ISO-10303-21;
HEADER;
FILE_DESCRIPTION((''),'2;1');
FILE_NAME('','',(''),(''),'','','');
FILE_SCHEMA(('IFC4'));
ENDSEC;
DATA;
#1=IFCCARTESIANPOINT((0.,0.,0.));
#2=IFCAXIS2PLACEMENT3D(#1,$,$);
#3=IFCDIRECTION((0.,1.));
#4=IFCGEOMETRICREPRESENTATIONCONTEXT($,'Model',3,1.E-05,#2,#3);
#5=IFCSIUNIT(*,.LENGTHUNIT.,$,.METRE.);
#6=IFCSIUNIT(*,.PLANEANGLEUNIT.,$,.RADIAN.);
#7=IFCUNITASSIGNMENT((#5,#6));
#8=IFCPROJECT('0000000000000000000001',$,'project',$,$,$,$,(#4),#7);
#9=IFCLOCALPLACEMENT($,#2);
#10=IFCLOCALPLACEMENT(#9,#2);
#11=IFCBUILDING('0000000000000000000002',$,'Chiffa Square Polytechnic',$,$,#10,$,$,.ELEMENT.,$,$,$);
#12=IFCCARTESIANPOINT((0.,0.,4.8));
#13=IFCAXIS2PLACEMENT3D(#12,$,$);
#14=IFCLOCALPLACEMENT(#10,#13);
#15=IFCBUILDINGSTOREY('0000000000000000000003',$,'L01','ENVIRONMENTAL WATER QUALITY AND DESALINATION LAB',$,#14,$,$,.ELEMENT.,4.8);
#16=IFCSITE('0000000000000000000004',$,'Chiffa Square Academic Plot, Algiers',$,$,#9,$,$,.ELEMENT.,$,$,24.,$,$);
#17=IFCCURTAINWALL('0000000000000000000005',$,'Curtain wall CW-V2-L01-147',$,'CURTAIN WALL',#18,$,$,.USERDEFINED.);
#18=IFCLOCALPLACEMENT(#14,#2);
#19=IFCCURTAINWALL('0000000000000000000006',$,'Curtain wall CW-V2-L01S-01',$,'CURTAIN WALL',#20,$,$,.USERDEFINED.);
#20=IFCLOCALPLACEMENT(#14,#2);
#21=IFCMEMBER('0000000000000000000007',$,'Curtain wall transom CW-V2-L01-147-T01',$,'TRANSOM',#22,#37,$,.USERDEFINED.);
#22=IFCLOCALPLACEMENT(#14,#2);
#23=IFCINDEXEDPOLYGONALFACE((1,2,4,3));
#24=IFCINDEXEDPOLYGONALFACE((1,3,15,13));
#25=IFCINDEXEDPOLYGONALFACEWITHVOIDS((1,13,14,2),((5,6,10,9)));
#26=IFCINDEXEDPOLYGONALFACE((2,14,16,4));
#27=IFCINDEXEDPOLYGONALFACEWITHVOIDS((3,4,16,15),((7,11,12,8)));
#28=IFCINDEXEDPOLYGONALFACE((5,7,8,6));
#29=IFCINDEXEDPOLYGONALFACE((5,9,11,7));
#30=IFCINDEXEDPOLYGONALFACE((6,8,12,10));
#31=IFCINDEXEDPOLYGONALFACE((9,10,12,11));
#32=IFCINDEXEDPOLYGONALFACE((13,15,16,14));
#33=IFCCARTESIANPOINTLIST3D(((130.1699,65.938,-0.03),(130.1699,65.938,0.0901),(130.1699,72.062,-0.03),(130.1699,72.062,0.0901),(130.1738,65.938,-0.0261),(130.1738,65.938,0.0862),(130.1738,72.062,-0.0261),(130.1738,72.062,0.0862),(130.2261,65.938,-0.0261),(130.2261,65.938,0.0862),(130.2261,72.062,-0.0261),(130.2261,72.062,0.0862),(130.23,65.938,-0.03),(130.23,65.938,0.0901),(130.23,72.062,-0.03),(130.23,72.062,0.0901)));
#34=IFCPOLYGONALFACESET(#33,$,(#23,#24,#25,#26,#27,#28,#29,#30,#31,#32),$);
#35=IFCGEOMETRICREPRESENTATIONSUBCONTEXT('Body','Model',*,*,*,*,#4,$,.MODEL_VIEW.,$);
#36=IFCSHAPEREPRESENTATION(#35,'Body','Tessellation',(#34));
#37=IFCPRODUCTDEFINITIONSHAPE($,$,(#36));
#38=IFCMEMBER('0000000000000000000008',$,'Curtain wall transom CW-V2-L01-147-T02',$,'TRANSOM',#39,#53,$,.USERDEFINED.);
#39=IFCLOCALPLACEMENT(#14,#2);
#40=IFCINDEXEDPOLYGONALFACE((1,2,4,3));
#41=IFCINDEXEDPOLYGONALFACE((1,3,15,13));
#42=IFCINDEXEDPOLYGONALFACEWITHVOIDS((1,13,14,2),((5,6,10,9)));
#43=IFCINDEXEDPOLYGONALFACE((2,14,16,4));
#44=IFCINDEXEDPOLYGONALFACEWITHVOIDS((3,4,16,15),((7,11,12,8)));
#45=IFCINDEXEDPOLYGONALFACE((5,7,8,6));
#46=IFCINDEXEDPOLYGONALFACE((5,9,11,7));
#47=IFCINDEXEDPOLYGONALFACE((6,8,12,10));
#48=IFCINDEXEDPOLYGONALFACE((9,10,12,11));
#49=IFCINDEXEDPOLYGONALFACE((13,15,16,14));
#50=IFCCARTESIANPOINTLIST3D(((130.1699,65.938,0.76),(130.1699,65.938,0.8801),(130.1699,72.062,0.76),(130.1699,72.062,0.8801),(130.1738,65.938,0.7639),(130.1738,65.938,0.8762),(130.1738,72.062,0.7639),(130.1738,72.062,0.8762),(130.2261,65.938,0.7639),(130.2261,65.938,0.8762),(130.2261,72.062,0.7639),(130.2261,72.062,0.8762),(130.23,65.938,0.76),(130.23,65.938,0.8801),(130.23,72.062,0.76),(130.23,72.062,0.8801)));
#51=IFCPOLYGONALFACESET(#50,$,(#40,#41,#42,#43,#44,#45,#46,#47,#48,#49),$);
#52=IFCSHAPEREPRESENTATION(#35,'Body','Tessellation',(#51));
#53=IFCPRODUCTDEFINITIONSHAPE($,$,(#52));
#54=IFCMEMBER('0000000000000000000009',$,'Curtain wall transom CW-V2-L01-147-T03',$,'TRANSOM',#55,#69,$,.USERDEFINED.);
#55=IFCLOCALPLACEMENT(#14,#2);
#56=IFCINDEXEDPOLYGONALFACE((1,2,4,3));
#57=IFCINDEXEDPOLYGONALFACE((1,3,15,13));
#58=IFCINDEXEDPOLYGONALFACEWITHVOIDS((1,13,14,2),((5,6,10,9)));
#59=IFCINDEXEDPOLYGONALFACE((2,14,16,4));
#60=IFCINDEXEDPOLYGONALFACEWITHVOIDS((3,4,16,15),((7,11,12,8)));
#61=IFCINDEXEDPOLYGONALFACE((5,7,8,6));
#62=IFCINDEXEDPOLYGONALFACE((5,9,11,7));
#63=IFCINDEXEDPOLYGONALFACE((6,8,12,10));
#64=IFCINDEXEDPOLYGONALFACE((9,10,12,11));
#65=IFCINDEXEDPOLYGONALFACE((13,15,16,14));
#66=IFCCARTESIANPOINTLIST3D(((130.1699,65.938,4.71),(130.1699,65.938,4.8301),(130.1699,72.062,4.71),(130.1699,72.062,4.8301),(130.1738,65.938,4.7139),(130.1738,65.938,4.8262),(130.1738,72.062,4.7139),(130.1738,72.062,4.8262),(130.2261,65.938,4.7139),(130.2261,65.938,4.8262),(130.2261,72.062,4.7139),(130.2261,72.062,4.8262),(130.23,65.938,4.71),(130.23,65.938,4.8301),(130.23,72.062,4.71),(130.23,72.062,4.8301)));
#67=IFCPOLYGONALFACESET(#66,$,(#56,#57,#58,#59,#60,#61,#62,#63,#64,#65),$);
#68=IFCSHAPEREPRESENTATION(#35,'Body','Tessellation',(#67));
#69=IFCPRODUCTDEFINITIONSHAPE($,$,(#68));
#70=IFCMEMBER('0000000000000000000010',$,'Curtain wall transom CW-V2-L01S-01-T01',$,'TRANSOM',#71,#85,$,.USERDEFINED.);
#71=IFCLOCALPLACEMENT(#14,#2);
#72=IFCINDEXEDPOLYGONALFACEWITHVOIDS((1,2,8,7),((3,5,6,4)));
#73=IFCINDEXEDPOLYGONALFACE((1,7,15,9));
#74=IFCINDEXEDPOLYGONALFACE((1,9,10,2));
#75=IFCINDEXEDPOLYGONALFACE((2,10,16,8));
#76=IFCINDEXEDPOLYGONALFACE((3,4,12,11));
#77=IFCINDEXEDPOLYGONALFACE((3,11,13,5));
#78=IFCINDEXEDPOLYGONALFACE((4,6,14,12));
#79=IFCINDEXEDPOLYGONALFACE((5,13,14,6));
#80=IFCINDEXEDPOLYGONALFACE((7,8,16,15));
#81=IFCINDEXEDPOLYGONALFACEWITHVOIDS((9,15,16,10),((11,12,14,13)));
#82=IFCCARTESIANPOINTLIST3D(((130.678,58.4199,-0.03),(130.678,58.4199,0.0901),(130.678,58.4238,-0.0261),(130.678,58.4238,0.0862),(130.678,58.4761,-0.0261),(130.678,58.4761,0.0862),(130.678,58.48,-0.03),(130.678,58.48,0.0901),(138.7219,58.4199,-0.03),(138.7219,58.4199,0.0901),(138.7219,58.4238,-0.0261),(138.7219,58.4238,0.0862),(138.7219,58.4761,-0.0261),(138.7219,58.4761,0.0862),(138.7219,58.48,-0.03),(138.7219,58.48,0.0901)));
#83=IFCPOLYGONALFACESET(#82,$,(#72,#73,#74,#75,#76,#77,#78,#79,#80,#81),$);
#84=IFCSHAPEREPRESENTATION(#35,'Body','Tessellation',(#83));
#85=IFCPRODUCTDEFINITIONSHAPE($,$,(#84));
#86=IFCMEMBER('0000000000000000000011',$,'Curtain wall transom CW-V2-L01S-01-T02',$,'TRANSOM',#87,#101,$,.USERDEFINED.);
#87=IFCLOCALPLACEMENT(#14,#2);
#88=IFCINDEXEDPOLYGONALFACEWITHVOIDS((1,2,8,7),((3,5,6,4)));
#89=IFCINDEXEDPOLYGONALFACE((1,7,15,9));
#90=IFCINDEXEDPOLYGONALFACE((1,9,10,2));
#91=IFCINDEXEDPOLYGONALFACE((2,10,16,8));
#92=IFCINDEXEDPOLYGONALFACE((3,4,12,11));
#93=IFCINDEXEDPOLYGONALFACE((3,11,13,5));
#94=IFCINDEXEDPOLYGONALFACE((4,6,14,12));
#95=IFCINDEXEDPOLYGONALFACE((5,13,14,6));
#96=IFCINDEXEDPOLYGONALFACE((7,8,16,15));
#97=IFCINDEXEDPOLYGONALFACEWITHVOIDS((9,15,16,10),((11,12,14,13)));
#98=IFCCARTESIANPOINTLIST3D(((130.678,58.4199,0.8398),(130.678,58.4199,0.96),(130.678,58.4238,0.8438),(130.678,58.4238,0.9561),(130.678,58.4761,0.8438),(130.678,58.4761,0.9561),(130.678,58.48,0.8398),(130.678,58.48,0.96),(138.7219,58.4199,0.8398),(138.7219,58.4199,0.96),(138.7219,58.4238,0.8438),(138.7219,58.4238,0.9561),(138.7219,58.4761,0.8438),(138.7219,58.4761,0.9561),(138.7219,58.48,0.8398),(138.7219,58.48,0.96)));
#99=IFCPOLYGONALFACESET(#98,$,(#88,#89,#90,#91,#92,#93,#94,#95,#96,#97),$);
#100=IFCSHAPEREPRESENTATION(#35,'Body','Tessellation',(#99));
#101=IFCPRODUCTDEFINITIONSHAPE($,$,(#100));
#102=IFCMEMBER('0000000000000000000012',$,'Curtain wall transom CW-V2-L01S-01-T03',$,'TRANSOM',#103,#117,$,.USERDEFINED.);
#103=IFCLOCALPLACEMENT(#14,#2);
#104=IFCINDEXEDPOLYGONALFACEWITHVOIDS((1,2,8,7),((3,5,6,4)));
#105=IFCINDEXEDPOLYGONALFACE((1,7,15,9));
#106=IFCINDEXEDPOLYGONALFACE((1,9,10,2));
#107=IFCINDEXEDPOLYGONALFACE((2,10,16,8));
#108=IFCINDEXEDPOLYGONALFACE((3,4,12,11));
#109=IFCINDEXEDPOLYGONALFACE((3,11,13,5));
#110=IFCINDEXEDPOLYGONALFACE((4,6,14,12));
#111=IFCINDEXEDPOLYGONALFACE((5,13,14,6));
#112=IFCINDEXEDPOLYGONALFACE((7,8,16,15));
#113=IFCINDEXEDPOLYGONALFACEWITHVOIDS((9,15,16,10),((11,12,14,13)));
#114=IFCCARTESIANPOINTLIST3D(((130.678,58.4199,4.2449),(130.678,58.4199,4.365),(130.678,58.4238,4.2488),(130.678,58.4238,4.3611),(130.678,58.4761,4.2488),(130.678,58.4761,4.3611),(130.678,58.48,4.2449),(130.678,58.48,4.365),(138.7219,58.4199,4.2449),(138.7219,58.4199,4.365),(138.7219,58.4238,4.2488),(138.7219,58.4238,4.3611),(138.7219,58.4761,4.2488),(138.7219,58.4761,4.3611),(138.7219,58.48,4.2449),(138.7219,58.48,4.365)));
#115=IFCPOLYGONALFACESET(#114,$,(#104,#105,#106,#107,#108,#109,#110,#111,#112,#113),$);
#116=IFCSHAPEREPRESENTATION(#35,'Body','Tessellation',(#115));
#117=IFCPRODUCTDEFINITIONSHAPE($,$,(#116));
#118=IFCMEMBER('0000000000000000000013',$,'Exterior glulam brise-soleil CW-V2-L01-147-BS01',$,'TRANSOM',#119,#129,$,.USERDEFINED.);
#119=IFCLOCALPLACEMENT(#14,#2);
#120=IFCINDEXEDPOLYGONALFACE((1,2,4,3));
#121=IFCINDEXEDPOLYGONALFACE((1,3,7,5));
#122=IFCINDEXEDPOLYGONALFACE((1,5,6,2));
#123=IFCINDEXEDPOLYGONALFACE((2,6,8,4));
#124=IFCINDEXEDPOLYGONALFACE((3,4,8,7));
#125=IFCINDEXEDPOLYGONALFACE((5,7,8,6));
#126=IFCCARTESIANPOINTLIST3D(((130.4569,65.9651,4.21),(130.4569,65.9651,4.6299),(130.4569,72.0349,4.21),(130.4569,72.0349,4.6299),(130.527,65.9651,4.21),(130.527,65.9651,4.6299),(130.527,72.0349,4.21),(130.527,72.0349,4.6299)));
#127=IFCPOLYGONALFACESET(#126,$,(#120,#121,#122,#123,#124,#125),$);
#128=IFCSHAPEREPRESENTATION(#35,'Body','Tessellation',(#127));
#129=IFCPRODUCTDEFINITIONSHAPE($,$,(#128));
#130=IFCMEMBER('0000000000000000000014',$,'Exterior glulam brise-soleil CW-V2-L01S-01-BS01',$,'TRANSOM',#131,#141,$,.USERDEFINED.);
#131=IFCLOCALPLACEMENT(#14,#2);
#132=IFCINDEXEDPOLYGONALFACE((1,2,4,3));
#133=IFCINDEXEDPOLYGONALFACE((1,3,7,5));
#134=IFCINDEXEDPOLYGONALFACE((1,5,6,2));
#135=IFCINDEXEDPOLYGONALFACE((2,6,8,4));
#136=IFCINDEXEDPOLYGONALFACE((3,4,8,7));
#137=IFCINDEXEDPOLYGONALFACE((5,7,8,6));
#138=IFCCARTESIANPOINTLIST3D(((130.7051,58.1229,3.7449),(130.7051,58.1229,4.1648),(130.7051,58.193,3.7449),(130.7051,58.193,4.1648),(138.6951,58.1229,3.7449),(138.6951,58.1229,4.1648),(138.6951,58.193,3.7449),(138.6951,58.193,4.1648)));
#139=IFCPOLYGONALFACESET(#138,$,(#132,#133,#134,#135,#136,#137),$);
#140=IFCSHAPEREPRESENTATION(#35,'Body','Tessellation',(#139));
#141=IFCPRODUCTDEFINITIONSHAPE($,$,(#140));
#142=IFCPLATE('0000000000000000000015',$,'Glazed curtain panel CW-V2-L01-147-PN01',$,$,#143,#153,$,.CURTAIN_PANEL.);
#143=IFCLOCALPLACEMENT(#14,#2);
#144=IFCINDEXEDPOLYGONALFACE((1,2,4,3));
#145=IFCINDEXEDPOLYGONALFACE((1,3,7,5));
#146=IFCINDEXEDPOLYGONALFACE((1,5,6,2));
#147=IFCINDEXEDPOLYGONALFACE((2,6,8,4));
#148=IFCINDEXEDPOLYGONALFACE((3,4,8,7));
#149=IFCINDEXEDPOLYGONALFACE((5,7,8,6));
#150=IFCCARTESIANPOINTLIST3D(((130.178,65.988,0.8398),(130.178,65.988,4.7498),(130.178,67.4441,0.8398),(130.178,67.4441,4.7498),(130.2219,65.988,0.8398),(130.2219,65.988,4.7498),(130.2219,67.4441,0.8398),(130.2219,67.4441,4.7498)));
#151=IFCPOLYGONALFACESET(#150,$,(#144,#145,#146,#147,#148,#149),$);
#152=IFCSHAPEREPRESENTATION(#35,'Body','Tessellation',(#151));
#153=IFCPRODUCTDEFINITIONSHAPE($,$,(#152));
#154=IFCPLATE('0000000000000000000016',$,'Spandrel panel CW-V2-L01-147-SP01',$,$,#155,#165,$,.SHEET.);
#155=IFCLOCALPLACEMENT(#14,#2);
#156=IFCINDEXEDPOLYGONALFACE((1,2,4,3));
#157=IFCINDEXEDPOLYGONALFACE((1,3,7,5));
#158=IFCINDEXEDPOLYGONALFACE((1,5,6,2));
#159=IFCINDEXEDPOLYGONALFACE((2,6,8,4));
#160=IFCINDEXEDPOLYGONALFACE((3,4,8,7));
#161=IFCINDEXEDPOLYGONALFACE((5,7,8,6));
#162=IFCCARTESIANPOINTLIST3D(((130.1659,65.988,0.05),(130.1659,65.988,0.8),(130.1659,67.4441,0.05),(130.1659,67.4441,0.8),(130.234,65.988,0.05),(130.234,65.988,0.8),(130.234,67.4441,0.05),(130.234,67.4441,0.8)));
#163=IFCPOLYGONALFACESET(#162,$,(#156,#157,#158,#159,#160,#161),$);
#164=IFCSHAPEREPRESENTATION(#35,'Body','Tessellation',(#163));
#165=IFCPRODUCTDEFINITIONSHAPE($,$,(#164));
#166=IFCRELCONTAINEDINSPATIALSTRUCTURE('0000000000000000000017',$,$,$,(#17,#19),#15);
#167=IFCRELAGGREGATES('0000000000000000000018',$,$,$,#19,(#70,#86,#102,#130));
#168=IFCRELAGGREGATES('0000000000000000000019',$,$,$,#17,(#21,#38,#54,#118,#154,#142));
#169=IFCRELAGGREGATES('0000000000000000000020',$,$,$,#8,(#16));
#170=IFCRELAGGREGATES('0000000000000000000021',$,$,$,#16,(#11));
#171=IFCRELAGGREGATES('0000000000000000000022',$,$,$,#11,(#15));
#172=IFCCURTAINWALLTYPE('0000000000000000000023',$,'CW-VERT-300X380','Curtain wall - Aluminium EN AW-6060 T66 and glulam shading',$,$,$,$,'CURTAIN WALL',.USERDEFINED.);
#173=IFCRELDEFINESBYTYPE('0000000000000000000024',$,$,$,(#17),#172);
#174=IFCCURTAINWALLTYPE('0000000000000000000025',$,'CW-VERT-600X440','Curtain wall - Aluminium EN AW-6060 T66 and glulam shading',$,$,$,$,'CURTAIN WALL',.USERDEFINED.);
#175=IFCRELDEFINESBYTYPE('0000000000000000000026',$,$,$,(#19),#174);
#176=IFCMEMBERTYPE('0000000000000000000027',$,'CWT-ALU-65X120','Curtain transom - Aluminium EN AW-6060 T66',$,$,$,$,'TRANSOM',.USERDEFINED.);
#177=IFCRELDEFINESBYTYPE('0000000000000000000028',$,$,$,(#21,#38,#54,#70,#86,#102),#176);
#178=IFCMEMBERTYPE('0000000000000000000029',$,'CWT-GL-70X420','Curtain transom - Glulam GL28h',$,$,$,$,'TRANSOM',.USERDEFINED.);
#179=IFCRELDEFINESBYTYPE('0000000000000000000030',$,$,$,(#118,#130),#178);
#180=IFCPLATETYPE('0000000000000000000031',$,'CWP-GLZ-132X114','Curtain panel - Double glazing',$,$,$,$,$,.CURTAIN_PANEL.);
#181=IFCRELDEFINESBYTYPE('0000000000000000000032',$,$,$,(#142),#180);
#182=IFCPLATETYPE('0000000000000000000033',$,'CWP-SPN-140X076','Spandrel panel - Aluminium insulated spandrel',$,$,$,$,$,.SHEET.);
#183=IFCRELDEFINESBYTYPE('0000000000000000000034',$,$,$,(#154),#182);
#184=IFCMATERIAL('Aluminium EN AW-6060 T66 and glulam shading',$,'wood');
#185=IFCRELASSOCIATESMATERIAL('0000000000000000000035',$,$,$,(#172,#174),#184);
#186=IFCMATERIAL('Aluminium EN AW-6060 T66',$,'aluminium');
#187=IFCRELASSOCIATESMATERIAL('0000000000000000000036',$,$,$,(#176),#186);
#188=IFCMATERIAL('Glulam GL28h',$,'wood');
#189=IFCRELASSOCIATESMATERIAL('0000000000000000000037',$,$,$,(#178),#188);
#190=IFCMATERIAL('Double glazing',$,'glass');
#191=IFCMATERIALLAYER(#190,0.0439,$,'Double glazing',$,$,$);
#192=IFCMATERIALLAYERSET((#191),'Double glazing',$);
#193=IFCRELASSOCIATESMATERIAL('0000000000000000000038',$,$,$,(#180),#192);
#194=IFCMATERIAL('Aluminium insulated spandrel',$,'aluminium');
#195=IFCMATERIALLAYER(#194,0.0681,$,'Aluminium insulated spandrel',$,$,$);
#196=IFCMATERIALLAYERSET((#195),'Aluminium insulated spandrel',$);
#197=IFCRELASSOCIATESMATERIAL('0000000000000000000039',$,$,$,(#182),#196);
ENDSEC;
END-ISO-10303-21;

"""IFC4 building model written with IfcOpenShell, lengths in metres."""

from ifc_helpers import new_model, si_unit, direction, frame, origin, origin_2d, place, context, subcontext, project, spatial, rectangle, hollow_rectangle, extrude, material, layer, layer_set, material_profile, profile_set, type_object, element, aggregate, save


model = new_model("IFC4")

# Units and contexts
model_context = context("Model", 3, precision=1e-05, world=origin(), true_north=direction((0.0, 1.0)))
body_context = subcontext(model_context, "Body", "Model", "MODEL_VIEW")
ifc_project = project(units=[si_unit("LENGTHUNIT", "METRE"), si_unit("PLANEANGLEUNIT", "RADIAN")], contexts=[model_context])

# Site, building, storey
site_placement = place(None, origin())
site = spatial("IfcSite", under=ifc_project, at=site_placement, Name="Chiffa Square Academic Plot, Algiers", CompositionType="ELEMENT", RefElevation=24.0)
building_placement = place(site_placement, origin())
building = spatial("IfcBuilding", under=site, at=building_placement, Name="Chiffa Square Polytechnic", CompositionType="ELEMENT")
storey_placement = place(building_placement, frame((0.0, 0.0, 4.8)))
storey = spatial("IfcBuildingStorey", under=building, at=storey_placement, Name="L01", Description="ENVIRONMENTAL WATER QUALITY AND DESALINATION LAB", CompositionType="ELEMENT", Elevation=4.8)

# Curtain wall
ifc_material_1 = material(Name="Aluminium EN AW-6060 T66 and glulam shading", Category="wood")
curtain_wall_type_1 = type_object("IfcCurtainWallType", Name="CW-VERT-300X380", Description="Curtain wall - Aluminium EN AW-6060 T66 and glulam shading", ElementType="CURTAIN WALL", PredefinedType="USERDEFINED", material=ifc_material_1)
curtain_wall_1_placement = place(storey_placement, origin())
curtain_wall_1 = element("IfcCurtainWall", 1, at=curtain_wall_1_placement, inside=storey, type_object=curtain_wall_type_1, Name="Curtain wall CW-V2-L01-147", ObjectType="CURTAIN WALL", PredefinedType="USERDEFINED")
ifc_material_2 = material(Name="Aluminium EN AW-6060 T66", Category="aluminium")

# Curtain wall
curtain_wall_type_2 = type_object("IfcCurtainWallType", Name="CW-VERT-600X440", Description="Curtain wall - Aluminium EN AW-6060 T66 and glulam shading", ElementType="CURTAIN WALL", PredefinedType="USERDEFINED", material=ifc_material_1)
curtain_wall_2_placement = place(storey_placement, origin())
curtain_wall_2 = element("IfcCurtainWall", 2, at=curtain_wall_2_placement, inside=storey, type_object=curtain_wall_type_2, Name="Curtain wall CW-V2-L01S-01", ObjectType="CURTAIN WALL", PredefinedType="USERDEFINED")

# Members
ifc_material_3 = material(Name="Glulam GL28h", Category="wood")
ifc_material_profile_1 = material_profile(ifc_material_2, hollow_rectangle(XDim=0.0601, YDim=0.1201, WallThickness=0.0039, at=origin_2d()), Name="ALU 60x120x4")
ifc_profile_set_1 = profile_set([ifc_material_profile_1], Name="Aluminium EN AW-6060 T66")
member_type_1 = type_object("IfcMemberType", Name="CWT-ALU-65X120", Description="Curtain transom - Aluminium EN AW-6060 T66", ElementType="TRANSOM", PredefinedType="USERDEFINED", material=ifc_profile_set_1)
member_1_placement = place(storey_placement, frame((130.2, 65.938, 0.03), z_axis=(0.0, 1.0, 0.0), x_axis=(-1.0, 0.0, 0.0)))
member_1 = element("IfcMember", 3, at=member_1_placement, type_object=member_type_1, Name="Curtain wall transom CW-V2-L01-147-T01", ObjectType="TRANSOM", PredefinedType="USERDEFINED", context=body_context, shape_type="SweptSolid", body=[
    extrude(hollow_rectangle(XDim=0.0601, YDim=0.1201, WallThickness=0.0039, at=origin_2d()), origin(), (0.0, 0.0, 1.0), 6.124),
])
member_2_placement = place(storey_placement, frame((130.2, 65.938, 0.8201), z_axis=(0.0, 1.0, 0.0), x_axis=(-1.0, 0.0, 0.0)))
member_2 = element("IfcMember", 4, at=member_2_placement, type_object=member_type_1, Name="Curtain wall transom CW-V2-L01-147-T02", ObjectType="TRANSOM", PredefinedType="USERDEFINED", context=body_context, shape_type="SweptSolid", body=[
    extrude(hollow_rectangle(XDim=0.0601, YDim=0.1201, WallThickness=0.0039, at=origin_2d()), origin(), (0.0, 0.0, 1.0), 6.124),
])
member_3_placement = place(storey_placement, frame((130.2, 65.938, 4.77), z_axis=(0.0, 1.0, 0.0), x_axis=(-1.0, 0.0, 0.0)))
member_3 = element("IfcMember", 5, at=member_3_placement, type_object=member_type_1, Name="Curtain wall transom CW-V2-L01-147-T03", ObjectType="TRANSOM", PredefinedType="USERDEFINED", context=body_context, shape_type="SweptSolid", body=[
    extrude(hollow_rectangle(XDim=0.0601, YDim=0.1201, WallThickness=0.0039, at=origin_2d()), origin(), (0.0, 0.0, 1.0), 6.124),
])
member_4_placement = place(storey_placement, frame((130.678, 58.45, 0.03), z_axis=(1.0, 0.0, 0.0), x_axis=(0.0, 1.0, 0.0)))
member_4 = element("IfcMember", 6, at=member_4_placement, type_object=member_type_1, Name="Curtain wall transom CW-V2-L01S-01-T01", ObjectType="TRANSOM", PredefinedType="USERDEFINED", context=body_context, shape_type="SweptSolid", body=[
    extrude(hollow_rectangle(XDim=0.0601, YDim=0.1201, WallThickness=0.0039, at=origin_2d()), origin(), (0.0, 0.0, 1.0), 8.0439),
])
member_5_placement = place(storey_placement, frame((130.678, 58.45, 0.8999), z_axis=(1.0, 0.0, 0.0), x_axis=(0.0, 1.0, 0.0)))
member_5 = element("IfcMember", 7, at=member_5_placement, type_object=member_type_1, Name="Curtain wall transom CW-V2-L01S-01-T02", ObjectType="TRANSOM", PredefinedType="USERDEFINED", context=body_context, shape_type="SweptSolid", body=[
    extrude(hollow_rectangle(XDim=0.0601, YDim=0.1201, WallThickness=0.0039, at=origin_2d()), origin(), (0.0, 0.0, 1.0), 8.0439),
])
member_6_placement = place(storey_placement, frame((130.678, 58.45, 4.3049), z_axis=(1.0, 0.0, 0.0), x_axis=(0.0, 1.0, 0.0)))
member_6 = element("IfcMember", 8, at=member_6_placement, type_object=member_type_1, Name="Curtain wall transom CW-V2-L01S-01-T03", ObjectType="TRANSOM", PredefinedType="USERDEFINED", context=body_context, shape_type="SweptSolid", body=[
    extrude(hollow_rectangle(XDim=0.0601, YDim=0.1201, WallThickness=0.0039, at=origin_2d()), origin(), (0.0, 0.0, 1.0), 8.0439),
])
ifc_material_profile_2 = material_profile(ifc_material_3, rectangle(XDim=0.0701, YDim=0.4199, at=origin_2d()), Name="GL28h 70x420")
ifc_profile_set_2 = profile_set([ifc_material_profile_2], Name="Glulam GL28h")
member_type_2 = type_object("IfcMemberType", Name="CWT-GL-70X420", Description="Curtain transom - Glulam GL28h", ElementType="TRANSOM", PredefinedType="USERDEFINED", material=ifc_profile_set_2)
member_7_placement = place(storey_placement, frame((130.4919, 65.9651, 4.4199), z_axis=(0.0, 1.0, 0.0), x_axis=(-1.0, 0.0, 0.0)))
member_7 = element("IfcMember", 9, at=member_7_placement, type_object=member_type_2, Name="Exterior glulam brise-soleil CW-V2-L01-147-BS01", ObjectType="TRANSOM", PredefinedType="USERDEFINED", context=body_context, shape_type="SweptSolid", body=[
    extrude(rectangle(XDim=0.0701, YDim=0.4199, at=origin_2d()), origin(), (0.0, 0.0, 1.0), 6.0698),
])
member_8_placement = place(storey_placement, frame((130.7051, 58.158, 3.9548), z_axis=(1.0, 0.0, 0.0), x_axis=(0.0, 1.0, 0.0)))
member_8 = element("IfcMember", 10, at=member_8_placement, type_object=member_type_2, Name="Exterior glulam brise-soleil CW-V2-L01S-01-BS01", ObjectType="TRANSOM", PredefinedType="USERDEFINED", context=body_context, shape_type="SweptSolid", body=[
    extrude(rectangle(XDim=0.0701, YDim=0.4199, at=origin_2d()), origin(), (0.0, 0.0, 1.0), 7.99),
])
aggregate(curtain_wall_2, [member_4, member_5, member_6, member_8])

# Plates
ifc_material_4 = material(Name="Double glazing", Category="glass")
ifc_layer_1 = layer(ifc_material_4, 0.0439, Name="Double glazing")
ifc_layer_set_1 = layer_set([ifc_layer_1], Name="Double glazing")
plate_type_1 = type_object("IfcPlateType", Name="CWP-GLZ-132X114", Description="Curtain panel - Double glazing", PredefinedType="CURTAIN_PANEL", material=ifc_layer_set_1)
plate_1_placement = place(storey_placement, frame((130.2, 66.7161, 0.8398), z_axis=(0.0, 0.0, 1.0), x_axis=(0.0, 1.0, 0.0)))
plate_1 = element("IfcPlate", 11, at=plate_1_placement, type_object=plate_type_1, Name="Glazed curtain panel CW-V2-L01-147-PN01", PredefinedType="CURTAIN_PANEL", context=body_context, shape_type="SweptSolid", body=[
    extrude(rectangle(XDim=1.4561, YDim=0.0439, at=origin_2d()), origin(), (0.0, 0.0, 1.0), 3.9099),
])
ifc_material_5 = material(Name="Aluminium insulated spandrel", Category="aluminium")
ifc_layer_2 = layer(ifc_material_5, 0.0681, Name="Aluminium insulated spandrel")
ifc_layer_set_2 = layer_set([ifc_layer_2], Name="Aluminium insulated spandrel")
plate_type_2 = type_object("IfcPlateType", Name="CWP-SPN-140X076", Description="Spandrel panel - Aluminium insulated spandrel", PredefinedType="SHEET", material=ifc_layer_set_2)
plate_2_placement = place(storey_placement, frame((130.2, 66.7161, 0.05), z_axis=(0.0, 0.0, 1.0), x_axis=(0.0, 1.0, 0.0)))
plate_2 = element("IfcPlate", 12, at=plate_2_placement, type_object=plate_type_2, Name="Spandrel panel CW-V2-L01-147-SP01", PredefinedType="SHEET", context=body_context, shape_type="SweptSolid", body=[
    extrude(rectangle(XDim=1.4561, YDim=0.0681, at=origin_2d()), origin(), (0.0, 0.0, 1.0), 0.75),
])
aggregate(curtain_wall_1, [member_1, member_2, member_3, member_7, plate_2, plate_1])

save(model, "model.ifc")
